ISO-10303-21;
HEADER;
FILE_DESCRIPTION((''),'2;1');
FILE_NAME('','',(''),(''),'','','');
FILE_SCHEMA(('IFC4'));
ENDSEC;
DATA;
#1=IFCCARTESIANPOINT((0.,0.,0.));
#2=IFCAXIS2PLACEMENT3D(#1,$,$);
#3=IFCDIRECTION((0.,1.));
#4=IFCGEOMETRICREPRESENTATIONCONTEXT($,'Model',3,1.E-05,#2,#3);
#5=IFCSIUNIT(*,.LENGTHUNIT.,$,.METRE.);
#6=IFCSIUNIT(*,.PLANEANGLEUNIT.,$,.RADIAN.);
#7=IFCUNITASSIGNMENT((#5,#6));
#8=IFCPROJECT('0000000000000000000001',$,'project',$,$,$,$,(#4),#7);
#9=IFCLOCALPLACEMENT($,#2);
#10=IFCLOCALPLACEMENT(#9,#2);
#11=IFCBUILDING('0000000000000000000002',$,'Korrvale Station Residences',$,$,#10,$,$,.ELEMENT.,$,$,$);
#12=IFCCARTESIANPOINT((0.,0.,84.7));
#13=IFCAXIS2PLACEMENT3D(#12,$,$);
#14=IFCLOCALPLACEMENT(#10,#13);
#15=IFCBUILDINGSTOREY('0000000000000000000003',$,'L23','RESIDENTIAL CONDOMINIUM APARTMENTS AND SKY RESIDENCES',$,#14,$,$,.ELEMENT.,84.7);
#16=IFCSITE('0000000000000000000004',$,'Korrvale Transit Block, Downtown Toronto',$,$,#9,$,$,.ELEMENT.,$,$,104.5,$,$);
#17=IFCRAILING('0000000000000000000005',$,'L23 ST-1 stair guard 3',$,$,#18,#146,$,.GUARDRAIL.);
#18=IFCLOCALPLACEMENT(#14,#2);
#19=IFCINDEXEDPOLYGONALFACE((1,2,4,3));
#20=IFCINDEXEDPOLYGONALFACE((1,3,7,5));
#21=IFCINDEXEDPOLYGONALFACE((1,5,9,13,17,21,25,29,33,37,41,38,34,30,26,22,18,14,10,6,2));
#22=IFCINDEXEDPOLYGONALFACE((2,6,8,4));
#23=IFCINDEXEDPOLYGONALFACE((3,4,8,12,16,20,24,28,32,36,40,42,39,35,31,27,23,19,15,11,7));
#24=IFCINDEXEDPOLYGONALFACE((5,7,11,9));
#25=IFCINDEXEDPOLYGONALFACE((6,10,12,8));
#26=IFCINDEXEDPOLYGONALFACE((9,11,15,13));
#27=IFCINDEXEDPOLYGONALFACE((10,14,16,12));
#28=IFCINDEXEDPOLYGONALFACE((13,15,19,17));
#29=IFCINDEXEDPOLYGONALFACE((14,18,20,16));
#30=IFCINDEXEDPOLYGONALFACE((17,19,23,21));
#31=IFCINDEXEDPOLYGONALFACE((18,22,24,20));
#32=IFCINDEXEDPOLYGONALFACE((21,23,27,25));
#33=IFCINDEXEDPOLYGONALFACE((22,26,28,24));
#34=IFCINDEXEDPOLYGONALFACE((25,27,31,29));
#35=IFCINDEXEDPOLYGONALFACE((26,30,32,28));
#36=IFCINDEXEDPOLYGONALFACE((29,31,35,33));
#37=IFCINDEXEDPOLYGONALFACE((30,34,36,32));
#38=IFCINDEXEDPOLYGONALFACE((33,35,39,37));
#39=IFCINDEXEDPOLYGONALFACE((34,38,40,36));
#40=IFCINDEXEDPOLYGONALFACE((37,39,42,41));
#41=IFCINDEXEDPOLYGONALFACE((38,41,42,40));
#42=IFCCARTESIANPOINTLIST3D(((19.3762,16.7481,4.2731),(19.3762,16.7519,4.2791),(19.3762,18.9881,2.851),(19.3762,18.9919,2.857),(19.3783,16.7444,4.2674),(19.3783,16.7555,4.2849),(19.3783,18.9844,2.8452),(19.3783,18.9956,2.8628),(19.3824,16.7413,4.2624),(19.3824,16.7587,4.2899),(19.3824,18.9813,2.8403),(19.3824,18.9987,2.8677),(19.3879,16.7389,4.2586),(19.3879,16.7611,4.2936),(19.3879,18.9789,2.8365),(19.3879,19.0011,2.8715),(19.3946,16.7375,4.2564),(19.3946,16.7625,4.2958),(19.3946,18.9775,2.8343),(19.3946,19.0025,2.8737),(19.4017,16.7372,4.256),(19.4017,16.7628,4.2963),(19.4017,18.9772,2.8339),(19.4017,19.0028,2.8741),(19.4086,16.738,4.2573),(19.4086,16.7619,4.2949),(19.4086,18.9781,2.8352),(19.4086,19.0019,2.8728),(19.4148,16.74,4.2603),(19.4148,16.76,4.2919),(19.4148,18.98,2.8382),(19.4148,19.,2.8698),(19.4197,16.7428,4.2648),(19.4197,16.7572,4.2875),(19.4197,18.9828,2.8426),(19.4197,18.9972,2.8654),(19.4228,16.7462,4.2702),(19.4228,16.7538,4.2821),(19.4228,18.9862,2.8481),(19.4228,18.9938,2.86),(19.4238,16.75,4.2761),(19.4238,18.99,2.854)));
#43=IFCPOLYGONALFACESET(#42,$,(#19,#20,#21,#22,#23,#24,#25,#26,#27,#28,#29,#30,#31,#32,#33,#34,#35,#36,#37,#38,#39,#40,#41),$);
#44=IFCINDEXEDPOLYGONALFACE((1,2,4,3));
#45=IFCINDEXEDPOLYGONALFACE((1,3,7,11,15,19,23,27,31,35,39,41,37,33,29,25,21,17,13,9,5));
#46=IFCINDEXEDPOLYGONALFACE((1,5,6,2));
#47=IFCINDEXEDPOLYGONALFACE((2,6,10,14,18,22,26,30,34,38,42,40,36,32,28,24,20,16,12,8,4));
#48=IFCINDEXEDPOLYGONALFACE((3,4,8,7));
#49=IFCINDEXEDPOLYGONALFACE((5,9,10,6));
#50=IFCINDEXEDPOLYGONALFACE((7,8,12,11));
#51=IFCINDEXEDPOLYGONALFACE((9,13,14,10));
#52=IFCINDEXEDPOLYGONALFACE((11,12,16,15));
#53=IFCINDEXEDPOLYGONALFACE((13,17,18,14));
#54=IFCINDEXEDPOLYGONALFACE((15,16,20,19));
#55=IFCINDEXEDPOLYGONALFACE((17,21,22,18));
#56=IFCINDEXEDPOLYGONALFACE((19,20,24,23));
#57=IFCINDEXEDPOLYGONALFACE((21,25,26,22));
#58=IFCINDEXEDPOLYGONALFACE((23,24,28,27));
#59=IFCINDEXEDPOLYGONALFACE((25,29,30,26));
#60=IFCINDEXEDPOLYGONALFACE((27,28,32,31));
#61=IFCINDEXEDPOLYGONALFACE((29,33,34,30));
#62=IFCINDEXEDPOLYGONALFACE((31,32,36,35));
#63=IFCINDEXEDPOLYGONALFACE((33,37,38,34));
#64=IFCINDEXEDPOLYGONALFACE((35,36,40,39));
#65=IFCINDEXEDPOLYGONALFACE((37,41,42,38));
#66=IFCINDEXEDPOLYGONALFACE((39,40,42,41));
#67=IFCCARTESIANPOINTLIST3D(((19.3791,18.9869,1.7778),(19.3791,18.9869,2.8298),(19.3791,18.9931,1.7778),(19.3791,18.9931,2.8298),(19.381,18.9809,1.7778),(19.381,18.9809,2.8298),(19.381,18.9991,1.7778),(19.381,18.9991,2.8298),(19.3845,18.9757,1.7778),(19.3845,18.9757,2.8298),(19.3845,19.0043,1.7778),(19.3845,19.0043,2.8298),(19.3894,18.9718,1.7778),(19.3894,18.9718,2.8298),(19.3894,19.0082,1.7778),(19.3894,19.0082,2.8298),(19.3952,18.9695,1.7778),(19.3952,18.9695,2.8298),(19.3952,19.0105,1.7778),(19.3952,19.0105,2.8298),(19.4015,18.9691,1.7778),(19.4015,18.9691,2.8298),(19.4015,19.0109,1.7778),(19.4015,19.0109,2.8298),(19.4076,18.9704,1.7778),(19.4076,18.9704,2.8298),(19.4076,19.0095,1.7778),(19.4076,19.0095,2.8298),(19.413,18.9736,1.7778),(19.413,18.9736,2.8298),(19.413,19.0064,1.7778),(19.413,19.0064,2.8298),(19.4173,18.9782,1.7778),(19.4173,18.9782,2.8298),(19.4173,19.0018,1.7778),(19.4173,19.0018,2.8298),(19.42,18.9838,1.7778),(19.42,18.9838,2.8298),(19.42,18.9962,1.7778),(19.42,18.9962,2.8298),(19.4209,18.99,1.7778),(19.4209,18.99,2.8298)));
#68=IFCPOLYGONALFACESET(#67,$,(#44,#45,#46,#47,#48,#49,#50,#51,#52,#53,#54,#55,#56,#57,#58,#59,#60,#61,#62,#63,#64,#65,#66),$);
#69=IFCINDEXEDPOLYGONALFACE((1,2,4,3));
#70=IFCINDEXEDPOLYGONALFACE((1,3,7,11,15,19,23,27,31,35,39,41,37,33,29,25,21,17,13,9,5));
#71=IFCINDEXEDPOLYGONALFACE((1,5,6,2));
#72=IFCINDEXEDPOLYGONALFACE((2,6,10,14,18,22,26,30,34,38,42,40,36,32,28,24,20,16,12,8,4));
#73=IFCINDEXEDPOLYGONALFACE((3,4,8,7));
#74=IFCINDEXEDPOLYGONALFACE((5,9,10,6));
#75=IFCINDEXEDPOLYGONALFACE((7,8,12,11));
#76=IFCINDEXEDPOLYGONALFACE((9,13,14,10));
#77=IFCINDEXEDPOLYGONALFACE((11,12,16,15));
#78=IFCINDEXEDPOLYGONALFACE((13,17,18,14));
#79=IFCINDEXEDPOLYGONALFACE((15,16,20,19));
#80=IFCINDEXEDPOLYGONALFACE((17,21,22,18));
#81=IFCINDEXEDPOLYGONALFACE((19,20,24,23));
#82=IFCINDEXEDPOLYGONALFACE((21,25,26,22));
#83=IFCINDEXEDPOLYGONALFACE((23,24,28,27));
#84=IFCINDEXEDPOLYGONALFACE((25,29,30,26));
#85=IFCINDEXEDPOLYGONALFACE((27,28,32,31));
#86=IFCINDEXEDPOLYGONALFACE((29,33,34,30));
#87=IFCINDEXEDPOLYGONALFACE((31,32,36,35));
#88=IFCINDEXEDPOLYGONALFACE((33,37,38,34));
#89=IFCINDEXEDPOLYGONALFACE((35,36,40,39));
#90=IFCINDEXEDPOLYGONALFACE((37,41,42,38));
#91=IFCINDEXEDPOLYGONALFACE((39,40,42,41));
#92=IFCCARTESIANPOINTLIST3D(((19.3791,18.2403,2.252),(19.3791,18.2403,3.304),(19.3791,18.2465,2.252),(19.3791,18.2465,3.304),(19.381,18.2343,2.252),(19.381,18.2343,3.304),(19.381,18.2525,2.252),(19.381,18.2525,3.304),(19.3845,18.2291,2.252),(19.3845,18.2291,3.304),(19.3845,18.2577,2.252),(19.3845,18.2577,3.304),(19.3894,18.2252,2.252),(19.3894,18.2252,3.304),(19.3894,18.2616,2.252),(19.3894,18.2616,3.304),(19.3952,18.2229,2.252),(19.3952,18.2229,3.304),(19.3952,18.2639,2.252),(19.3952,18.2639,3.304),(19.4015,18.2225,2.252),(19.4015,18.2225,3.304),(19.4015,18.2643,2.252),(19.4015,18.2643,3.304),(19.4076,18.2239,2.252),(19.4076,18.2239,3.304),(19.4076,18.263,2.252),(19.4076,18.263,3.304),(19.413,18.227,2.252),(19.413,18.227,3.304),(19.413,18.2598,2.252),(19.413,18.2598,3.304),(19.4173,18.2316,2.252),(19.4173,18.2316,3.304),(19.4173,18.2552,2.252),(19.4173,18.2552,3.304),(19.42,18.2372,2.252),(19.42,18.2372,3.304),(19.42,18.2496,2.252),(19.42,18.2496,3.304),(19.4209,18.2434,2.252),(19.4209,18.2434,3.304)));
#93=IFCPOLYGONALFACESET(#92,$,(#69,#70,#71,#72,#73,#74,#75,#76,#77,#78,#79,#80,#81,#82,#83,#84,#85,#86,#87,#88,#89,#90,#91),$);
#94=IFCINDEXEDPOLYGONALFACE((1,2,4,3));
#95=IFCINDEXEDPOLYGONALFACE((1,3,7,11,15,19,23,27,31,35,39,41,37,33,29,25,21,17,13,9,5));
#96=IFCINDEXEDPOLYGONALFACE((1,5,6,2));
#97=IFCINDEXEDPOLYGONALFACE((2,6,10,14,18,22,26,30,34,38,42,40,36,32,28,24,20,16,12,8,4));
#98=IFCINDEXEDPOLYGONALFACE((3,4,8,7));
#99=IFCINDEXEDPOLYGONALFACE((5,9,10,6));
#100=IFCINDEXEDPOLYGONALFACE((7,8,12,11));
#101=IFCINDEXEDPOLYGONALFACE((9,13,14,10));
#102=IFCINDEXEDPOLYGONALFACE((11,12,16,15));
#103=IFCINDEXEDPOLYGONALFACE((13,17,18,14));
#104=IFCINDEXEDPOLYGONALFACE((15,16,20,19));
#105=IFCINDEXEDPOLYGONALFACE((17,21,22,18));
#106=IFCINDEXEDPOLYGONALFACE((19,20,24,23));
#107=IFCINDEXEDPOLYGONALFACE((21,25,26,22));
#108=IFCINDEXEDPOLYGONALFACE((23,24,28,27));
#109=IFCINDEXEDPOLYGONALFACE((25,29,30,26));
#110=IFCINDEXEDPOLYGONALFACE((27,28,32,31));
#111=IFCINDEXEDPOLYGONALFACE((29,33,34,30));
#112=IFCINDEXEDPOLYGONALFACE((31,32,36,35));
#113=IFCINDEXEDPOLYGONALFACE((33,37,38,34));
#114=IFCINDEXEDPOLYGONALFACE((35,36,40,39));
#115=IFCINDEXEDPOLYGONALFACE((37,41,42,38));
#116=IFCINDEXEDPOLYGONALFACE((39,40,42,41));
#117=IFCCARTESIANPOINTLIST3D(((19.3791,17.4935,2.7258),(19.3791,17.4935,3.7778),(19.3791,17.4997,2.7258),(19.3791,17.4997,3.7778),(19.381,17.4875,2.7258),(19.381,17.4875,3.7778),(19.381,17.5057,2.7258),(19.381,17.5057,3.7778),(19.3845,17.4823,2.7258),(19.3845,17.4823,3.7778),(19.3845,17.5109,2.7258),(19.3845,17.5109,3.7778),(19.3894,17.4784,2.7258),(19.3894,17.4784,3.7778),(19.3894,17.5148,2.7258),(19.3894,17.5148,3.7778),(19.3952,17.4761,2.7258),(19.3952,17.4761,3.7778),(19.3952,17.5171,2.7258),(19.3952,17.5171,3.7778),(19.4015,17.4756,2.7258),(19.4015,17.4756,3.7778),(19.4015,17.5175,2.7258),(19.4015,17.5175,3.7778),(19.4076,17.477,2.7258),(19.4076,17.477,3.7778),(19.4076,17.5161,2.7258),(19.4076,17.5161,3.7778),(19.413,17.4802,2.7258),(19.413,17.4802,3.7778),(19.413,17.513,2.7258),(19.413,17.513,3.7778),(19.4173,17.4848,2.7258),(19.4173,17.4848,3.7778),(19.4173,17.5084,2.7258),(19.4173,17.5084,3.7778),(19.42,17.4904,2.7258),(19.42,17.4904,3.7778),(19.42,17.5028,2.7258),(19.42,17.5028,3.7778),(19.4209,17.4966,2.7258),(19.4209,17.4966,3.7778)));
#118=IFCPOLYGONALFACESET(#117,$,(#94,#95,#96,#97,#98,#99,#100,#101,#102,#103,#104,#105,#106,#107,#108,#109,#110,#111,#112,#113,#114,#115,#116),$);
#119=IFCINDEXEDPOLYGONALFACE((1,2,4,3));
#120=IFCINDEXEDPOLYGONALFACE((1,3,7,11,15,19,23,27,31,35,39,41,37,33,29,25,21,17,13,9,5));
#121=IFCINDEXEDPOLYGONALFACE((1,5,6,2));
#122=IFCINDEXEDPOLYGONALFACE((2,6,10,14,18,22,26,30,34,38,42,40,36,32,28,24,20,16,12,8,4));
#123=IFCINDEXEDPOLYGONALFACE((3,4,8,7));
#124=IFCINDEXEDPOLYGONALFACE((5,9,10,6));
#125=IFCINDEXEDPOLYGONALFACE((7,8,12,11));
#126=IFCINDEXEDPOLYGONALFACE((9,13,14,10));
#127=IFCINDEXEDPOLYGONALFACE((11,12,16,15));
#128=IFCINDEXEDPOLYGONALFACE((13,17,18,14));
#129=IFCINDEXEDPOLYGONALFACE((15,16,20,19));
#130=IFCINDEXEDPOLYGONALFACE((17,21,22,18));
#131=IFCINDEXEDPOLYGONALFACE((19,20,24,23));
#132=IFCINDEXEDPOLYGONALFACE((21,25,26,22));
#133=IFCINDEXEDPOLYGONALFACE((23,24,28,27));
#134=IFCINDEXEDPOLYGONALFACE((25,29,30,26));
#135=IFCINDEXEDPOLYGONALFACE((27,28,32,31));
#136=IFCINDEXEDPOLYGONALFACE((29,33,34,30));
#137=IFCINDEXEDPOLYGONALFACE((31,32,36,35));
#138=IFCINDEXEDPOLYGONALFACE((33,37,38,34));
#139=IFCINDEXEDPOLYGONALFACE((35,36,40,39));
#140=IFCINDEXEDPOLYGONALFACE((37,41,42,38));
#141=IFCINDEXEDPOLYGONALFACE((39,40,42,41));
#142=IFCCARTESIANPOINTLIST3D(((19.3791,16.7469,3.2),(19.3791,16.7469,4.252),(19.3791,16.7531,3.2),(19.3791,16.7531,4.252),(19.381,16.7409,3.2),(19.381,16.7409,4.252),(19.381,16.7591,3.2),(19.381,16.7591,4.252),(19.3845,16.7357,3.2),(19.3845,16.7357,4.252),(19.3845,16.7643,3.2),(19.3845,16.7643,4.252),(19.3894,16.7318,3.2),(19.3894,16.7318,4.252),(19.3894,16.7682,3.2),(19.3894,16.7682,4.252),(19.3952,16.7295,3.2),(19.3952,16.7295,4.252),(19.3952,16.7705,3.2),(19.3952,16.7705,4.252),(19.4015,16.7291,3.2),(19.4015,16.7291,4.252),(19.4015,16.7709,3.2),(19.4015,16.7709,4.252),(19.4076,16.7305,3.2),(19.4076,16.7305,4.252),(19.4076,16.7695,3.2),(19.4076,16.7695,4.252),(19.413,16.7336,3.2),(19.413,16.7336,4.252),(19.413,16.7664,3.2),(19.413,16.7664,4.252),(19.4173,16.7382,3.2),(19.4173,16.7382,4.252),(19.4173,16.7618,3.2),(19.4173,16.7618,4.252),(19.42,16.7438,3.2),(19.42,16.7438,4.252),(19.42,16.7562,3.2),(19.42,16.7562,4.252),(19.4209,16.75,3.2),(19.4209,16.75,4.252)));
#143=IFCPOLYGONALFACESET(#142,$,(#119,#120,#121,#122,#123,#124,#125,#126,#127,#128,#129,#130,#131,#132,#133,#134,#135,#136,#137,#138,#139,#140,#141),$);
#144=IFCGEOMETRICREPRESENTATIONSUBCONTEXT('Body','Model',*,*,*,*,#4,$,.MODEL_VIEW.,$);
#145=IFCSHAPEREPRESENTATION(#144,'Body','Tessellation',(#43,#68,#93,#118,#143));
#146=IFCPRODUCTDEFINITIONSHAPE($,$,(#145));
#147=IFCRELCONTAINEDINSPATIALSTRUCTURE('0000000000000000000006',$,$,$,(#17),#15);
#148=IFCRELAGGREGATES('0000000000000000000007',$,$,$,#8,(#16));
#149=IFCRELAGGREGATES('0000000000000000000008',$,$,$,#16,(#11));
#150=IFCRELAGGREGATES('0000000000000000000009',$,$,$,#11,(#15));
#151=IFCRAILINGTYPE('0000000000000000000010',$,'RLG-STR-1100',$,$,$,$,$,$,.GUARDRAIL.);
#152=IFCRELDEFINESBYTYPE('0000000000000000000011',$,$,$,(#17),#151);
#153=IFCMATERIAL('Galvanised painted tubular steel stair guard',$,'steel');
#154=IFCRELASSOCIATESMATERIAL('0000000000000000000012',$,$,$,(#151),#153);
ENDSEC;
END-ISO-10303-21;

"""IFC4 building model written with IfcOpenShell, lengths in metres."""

from ifc_helpers import new_model, si_unit, direction, frame, origin, origin_2d, place, context, subcontext, project, spatial, circle, extrude, material, type_object, element, save


model = new_model("IFC4")

# Units and contexts
model_context = context("Model", 3, precision=1e-05, world=origin(), true_north=direction((0.0, 1.0)))
body_context = subcontext(model_context, "Body", "Model", "MODEL_VIEW")
ifc_project = project(units=[si_unit("LENGTHUNIT", "METRE"), si_unit("PLANEANGLEUNIT", "RADIAN")], contexts=[model_context])

# Site, building, storey
site_placement = place(None, origin())
site = spatial("IfcSite", under=ifc_project, at=site_placement, Name="Korrvale Transit Block, Downtown Toronto", CompositionType="ELEMENT", RefElevation=104.5)
building_placement = place(site_placement, origin())
building = spatial("IfcBuilding", under=site, at=building_placement, Name="Korrvale Station Residences", CompositionType="ELEMENT")
storey_placement = place(building_placement, frame((0.0, 0.0, 84.7)))
storey = spatial("IfcBuildingStorey", under=building, at=storey_placement, Name="L23", Description="RESIDENTIAL CONDOMINIUM APARTMENTS AND SKY RESIDENCES", CompositionType="ELEMENT", Elevation=84.7)

# Railing
ifc_material_1 = material(Name="Galvanised painted tubular steel stair guard", Category="steel")
railing_type_1 = type_object("IfcRailingType", Name="RLG-STR-1100", PredefinedType="GUARDRAIL", material=ifc_material_1)
railing_1_placement = place(storey_placement, frame((19.3999, 18.99, 1.7778)))
element("IfcRailing", 1, at=railing_1_placement, inside=storey, type_object=railing_type_1, Name="L23 ST-1 stair guard 3", PredefinedType="GUARDRAIL", context=body_context, shape_type="SweptSolid", body=[
    extrude(circle(Radius=0.0239, at=origin_2d()), frame((0.0, 0.0, 1.0762), z_axis=(0.0, -0.844229, 0.535982), x_axis=(1.0, 0.0, 0.0)), (0.0, 0.0, 1.0), 2.6533),
    extrude(circle(Radius=0.021, at=origin_2d()), origin(), (0.0, 0.0, 1.0), 1.052),
    extrude(circle(Radius=0.021, at=origin_2d()), frame((0.0, -0.7466, 0.4741)), (0.0, 0.0, 1.0), 1.052),
    extrude(circle(Radius=0.021, at=origin_2d()), frame((0.0, -1.4934, 0.948)), (0.0, 0.0, 1.0), 1.052),
    extrude(circle(Radius=0.021, at=origin_2d()), frame((0.0, -2.24, 1.4221)), (0.0, 0.0, 1.0), 1.052),
])

save(model, "model.ifc")
